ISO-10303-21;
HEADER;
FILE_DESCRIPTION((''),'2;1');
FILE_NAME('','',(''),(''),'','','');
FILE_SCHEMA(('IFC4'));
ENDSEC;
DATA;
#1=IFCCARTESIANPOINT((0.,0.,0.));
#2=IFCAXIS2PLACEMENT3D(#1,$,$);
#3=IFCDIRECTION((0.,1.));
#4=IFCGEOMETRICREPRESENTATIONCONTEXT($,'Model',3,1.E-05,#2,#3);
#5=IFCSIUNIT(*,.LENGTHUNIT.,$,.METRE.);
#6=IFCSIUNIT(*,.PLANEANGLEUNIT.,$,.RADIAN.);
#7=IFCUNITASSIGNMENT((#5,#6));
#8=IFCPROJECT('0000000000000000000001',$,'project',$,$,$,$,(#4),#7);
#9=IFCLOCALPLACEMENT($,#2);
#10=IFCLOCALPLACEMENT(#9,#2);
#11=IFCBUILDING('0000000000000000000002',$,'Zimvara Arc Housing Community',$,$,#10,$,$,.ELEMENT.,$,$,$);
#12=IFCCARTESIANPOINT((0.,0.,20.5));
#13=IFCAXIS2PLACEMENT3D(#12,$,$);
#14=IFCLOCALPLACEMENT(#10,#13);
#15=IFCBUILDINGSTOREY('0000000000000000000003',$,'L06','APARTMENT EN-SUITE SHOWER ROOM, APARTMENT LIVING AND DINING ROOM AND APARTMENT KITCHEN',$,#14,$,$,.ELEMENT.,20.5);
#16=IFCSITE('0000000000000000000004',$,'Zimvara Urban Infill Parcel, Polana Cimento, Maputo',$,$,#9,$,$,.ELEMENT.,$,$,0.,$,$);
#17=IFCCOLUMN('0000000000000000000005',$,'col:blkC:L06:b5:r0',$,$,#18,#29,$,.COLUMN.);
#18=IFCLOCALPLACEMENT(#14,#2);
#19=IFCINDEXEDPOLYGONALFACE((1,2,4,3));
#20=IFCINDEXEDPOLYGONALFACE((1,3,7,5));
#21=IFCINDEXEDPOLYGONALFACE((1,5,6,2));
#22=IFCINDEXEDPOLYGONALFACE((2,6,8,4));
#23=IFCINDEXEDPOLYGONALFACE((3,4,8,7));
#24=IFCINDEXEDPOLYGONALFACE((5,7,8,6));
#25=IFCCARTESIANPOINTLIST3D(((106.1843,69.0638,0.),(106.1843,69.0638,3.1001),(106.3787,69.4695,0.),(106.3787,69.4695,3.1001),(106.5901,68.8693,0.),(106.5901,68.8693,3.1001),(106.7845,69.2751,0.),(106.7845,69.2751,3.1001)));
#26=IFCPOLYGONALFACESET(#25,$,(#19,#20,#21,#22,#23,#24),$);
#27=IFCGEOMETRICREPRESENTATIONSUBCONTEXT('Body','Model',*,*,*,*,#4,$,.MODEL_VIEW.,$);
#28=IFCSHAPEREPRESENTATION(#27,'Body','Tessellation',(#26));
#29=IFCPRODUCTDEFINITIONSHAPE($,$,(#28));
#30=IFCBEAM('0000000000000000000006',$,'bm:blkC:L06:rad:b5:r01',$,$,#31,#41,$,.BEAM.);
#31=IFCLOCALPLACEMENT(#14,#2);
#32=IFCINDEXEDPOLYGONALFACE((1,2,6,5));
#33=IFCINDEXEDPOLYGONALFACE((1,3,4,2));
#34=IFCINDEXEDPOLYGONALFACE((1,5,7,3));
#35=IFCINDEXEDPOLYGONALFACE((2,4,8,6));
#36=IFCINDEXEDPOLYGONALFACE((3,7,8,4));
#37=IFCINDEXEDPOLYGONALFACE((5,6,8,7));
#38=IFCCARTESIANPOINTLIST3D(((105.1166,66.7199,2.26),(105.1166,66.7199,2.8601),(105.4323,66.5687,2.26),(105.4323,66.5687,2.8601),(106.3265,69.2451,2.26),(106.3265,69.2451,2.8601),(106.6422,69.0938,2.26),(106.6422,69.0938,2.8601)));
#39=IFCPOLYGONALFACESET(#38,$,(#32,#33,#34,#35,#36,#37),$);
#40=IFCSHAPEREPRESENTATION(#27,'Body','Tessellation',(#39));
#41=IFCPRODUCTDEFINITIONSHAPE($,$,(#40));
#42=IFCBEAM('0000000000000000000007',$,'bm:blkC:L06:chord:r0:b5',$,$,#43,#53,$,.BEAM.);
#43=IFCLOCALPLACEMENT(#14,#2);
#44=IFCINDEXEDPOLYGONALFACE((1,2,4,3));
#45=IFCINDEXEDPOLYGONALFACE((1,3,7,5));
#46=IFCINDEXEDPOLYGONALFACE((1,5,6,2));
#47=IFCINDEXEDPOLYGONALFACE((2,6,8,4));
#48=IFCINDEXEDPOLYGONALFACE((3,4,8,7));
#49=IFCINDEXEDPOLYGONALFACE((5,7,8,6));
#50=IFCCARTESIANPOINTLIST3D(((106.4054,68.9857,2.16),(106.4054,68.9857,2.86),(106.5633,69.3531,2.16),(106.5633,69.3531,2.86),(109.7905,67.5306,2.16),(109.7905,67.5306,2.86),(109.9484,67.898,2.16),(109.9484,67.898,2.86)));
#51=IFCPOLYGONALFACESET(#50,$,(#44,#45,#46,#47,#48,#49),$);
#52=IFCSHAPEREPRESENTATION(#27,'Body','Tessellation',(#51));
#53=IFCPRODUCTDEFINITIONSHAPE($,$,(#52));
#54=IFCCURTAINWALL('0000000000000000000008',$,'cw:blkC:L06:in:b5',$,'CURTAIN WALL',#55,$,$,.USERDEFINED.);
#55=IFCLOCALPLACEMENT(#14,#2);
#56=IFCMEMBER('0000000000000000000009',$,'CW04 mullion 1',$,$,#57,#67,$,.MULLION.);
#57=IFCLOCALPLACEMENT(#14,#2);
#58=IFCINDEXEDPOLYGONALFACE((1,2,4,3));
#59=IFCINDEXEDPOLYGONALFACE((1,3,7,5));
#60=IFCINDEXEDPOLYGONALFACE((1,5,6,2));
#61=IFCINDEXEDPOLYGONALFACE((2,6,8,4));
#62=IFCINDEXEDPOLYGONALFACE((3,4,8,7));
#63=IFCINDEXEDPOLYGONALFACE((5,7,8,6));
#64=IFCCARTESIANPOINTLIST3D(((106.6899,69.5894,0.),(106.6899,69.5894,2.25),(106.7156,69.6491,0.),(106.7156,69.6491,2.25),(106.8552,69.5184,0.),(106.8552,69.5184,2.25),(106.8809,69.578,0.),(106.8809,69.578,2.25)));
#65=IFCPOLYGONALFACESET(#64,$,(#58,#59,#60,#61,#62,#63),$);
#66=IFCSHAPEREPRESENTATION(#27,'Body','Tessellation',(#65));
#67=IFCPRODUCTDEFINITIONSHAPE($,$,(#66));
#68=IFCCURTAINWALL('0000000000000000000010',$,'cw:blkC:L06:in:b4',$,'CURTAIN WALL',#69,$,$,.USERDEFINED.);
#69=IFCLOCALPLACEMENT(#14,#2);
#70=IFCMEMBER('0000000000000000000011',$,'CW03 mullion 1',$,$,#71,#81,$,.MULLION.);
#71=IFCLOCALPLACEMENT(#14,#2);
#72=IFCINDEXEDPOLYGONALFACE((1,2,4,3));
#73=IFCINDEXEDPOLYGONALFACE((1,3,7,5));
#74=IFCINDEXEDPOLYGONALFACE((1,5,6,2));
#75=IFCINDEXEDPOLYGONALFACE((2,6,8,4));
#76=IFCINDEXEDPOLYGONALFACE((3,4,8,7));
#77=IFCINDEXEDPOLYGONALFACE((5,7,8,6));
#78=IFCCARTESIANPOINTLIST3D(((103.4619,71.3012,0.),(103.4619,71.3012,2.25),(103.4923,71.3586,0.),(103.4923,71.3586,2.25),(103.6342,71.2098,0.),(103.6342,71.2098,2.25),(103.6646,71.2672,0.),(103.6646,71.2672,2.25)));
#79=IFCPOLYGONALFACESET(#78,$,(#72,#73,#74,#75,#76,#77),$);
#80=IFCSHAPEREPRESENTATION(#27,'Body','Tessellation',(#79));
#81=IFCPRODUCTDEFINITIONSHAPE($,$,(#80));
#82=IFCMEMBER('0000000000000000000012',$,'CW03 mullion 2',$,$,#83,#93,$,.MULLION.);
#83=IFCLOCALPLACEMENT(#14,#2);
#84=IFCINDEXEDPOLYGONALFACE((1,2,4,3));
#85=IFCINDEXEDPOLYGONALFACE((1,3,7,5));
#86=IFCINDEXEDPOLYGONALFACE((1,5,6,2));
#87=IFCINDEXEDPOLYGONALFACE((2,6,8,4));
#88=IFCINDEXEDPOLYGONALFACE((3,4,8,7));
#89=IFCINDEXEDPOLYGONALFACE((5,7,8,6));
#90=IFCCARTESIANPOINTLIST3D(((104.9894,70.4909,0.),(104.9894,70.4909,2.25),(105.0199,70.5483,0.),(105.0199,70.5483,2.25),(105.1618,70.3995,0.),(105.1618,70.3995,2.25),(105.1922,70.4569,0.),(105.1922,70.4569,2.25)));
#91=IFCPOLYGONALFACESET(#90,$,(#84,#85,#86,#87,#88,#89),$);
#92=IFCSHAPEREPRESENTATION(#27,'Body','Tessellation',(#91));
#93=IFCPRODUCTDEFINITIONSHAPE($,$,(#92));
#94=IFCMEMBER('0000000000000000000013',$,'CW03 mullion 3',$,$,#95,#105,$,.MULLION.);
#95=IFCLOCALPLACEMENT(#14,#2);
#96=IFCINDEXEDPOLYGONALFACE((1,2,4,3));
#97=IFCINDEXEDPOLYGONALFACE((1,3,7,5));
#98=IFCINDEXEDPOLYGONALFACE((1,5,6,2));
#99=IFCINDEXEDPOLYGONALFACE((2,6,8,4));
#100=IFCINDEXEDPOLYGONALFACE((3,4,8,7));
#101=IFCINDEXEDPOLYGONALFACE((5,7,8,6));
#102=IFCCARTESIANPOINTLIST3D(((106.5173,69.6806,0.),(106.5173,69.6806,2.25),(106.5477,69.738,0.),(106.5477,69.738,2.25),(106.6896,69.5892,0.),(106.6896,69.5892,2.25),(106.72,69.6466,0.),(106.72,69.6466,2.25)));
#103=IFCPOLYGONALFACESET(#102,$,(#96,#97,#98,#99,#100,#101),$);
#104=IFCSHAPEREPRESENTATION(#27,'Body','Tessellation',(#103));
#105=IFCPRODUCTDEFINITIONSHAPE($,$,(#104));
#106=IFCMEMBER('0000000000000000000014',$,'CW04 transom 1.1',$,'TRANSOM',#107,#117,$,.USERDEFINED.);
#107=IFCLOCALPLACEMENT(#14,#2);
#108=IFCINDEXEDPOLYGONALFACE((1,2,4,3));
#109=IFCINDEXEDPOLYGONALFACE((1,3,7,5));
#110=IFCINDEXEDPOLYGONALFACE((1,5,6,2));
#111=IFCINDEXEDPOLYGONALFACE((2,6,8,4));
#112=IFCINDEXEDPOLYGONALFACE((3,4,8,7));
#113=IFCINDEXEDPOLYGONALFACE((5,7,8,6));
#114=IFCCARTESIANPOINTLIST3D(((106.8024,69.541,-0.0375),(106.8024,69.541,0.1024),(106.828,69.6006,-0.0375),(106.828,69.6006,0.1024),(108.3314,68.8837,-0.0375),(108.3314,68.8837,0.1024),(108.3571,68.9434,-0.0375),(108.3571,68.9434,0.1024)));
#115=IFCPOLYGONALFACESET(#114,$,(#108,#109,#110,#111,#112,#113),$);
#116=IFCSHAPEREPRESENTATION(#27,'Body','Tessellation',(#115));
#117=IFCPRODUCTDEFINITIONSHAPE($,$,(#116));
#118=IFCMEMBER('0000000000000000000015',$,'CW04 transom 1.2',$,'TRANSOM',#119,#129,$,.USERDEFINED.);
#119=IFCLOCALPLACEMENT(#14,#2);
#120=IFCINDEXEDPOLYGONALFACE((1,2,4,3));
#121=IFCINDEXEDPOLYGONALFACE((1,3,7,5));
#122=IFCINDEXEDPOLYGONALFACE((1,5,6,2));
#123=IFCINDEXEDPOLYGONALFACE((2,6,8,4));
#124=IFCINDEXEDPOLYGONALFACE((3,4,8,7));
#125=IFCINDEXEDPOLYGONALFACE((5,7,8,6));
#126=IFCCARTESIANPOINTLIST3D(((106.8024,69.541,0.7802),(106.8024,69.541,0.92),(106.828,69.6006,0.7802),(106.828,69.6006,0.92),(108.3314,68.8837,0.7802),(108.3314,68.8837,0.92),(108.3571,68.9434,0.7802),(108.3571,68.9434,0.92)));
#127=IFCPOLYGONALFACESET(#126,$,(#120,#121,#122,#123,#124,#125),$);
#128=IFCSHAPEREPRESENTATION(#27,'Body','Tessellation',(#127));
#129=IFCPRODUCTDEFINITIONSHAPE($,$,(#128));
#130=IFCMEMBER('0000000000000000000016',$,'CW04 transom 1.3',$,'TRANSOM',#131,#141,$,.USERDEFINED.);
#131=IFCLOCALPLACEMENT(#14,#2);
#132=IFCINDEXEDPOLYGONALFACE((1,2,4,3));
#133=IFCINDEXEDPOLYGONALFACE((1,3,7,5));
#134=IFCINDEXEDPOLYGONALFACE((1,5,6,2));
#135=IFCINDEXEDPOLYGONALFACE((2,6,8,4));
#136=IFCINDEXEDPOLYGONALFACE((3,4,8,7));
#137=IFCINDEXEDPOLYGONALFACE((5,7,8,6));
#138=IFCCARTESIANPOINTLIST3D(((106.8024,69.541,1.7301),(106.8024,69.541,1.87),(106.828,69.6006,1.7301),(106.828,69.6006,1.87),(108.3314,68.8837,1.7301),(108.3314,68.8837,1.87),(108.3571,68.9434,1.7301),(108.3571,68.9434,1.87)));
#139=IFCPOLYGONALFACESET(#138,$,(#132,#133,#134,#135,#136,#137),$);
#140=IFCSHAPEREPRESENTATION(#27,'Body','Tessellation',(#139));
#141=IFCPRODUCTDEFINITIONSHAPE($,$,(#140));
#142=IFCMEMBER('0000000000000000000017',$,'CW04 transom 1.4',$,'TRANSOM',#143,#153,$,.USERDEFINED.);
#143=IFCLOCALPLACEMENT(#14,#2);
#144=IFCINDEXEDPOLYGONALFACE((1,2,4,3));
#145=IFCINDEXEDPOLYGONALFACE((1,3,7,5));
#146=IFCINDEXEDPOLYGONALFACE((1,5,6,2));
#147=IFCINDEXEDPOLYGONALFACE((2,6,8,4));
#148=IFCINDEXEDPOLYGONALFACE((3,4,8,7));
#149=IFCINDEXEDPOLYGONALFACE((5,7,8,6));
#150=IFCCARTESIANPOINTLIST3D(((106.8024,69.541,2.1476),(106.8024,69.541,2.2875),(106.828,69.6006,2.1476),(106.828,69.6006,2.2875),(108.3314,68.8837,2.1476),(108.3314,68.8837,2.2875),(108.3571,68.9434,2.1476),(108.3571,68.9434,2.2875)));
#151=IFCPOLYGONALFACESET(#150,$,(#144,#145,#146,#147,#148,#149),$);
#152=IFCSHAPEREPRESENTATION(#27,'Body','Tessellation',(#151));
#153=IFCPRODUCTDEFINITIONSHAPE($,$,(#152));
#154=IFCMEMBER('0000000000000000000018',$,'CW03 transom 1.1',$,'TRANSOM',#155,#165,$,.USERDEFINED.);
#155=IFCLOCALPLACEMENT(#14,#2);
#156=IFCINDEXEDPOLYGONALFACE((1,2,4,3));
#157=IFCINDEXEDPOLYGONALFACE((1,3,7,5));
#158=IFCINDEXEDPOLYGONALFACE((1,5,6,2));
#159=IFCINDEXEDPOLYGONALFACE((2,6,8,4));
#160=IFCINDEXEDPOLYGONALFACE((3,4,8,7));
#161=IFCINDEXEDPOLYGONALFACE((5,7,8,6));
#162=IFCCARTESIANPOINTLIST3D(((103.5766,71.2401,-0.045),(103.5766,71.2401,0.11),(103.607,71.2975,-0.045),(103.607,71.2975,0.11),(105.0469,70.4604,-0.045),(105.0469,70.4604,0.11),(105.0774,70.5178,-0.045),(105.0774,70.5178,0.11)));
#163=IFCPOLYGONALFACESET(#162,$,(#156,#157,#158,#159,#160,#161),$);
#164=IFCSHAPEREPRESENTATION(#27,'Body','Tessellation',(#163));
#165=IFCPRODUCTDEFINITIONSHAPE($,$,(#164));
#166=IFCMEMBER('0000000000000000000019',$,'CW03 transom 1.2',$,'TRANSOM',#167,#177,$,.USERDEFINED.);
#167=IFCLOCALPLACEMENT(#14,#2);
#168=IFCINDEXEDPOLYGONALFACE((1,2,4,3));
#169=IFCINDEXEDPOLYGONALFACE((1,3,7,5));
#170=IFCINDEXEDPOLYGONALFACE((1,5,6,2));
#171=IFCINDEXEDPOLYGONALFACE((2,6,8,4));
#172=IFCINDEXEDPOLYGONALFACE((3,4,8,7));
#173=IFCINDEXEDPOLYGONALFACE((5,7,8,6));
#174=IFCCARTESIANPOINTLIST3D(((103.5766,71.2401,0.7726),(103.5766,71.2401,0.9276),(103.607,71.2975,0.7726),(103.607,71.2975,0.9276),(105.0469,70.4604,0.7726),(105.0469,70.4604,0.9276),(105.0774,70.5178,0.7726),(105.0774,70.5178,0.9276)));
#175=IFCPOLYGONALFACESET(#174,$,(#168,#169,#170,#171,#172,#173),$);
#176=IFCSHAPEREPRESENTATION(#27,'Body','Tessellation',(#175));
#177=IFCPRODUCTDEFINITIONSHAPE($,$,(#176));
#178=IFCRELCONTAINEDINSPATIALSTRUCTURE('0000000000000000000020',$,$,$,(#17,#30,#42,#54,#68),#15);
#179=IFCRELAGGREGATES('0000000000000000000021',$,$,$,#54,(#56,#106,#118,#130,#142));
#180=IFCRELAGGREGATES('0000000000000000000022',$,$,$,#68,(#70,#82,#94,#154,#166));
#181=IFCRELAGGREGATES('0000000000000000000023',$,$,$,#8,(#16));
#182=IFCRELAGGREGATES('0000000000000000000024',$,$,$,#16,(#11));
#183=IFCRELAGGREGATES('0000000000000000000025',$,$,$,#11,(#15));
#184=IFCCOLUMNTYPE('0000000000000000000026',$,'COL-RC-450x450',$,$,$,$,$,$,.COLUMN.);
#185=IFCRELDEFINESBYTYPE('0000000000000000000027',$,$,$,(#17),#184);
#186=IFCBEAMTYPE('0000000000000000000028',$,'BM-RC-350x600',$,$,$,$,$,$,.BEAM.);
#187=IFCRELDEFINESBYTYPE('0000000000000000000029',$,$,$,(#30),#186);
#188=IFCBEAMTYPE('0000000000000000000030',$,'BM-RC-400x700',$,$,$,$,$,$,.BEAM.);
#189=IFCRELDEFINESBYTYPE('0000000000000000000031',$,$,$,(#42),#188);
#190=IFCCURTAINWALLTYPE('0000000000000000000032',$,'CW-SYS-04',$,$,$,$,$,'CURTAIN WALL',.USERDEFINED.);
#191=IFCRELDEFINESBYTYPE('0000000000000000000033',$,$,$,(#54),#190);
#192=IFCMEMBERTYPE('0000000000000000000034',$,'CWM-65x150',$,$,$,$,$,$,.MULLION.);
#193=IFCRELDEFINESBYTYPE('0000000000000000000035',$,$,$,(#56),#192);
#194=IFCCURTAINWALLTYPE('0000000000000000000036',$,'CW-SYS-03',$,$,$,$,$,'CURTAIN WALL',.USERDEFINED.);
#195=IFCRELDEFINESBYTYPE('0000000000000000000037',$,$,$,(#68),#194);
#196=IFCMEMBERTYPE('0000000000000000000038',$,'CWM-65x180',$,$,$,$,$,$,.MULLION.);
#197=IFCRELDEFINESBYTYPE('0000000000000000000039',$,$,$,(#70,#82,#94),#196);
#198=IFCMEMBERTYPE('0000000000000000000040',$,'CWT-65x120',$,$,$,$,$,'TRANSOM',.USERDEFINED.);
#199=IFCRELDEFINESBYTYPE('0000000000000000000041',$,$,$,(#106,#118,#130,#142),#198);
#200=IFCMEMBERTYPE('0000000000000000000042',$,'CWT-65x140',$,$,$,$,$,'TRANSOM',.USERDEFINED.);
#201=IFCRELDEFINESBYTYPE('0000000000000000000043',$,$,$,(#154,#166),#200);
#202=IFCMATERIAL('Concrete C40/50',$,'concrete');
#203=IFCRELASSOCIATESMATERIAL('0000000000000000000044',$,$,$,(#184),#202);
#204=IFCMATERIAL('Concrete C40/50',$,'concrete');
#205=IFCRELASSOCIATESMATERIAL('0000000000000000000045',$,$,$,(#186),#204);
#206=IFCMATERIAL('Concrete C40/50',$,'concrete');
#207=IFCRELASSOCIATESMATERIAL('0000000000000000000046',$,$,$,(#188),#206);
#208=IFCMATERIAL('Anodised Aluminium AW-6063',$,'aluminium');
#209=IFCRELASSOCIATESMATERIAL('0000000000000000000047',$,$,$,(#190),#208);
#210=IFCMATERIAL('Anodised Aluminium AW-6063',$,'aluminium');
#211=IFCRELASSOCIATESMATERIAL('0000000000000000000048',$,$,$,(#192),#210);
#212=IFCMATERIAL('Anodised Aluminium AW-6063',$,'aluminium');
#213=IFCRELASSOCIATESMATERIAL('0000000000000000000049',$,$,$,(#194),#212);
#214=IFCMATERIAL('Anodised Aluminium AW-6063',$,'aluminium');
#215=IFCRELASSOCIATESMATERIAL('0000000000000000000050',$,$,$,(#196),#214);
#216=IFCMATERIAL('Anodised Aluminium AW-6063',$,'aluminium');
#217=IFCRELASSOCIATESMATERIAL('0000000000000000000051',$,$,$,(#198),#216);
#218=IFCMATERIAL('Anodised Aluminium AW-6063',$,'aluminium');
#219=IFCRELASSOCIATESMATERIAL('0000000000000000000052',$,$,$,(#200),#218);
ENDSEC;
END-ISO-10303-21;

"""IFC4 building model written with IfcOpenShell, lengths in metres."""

from ifc_helpers import new_model, si_unit, direction, frame, origin, origin_2d, place, context, subcontext, project, spatial, rectangle, extrude, material, material_profile, profile_set, type_object, element, aggregate, save


model = new_model("IFC4")

# Units and contexts
model_context = context("Model", 3, precision=1e-05, world=origin(), true_north=direction((0.0, 1.0)))
body_context = subcontext(model_context, "Body", "Model", "MODEL_VIEW")
ifc_project = project(units=[si_unit("LENGTHUNIT", "METRE"), si_unit("PLANEANGLEUNIT", "RADIAN")], contexts=[model_context])

# Site, building, storey
site_placement = place(None, origin())
site = spatial("IfcSite", under=ifc_project, at=site_placement, Name="Zimvara Urban Infill Parcel, Polana Cimento, Maputo", CompositionType="ELEMENT", RefElevation=0.0)
building_placement = place(site_placement, origin())
building = spatial("IfcBuilding", under=site, at=building_placement, Name="Zimvara Arc Housing Community", CompositionType="ELEMENT")
storey_placement = place(building_placement, frame((0.0, 0.0, 20.5)))
storey = spatial("IfcBuildingStorey", under=building, at=storey_placement, Name="L06", Description="APARTMENT EN-SUITE SHOWER ROOM, APARTMENT LIVING AND DINING ROOM AND APARTMENT KITCHEN", CompositionType="ELEMENT", Elevation=20.5)

# Column
ifc_material_1 = material(Name="Concrete C40/50", Category="concrete")
ifc_material_profile_1 = material_profile(ifc_material_1, rectangle(XDim=0.45, YDim=0.45, at=origin_2d()), Name="RC 450x450")
ifc_profile_set_1 = profile_set([ifc_material_profile_1], Name="Concrete C40/50")
column_type = type_object("IfcColumnType", Name="COL-RC-450x450", PredefinedType="COLUMN", material=ifc_profile_set_1)
column_placement = place(storey_placement, frame((106.4844, 69.1694, 0.0), z_axis=(0.0, 0.0, 1.0), x_axis=(-0.432086, -0.901833, 0.0)))
element("IfcColumn", 1, at=column_placement, inside=storey, type_object=column_type, Name="col:blkC:L06:b5:r0", PredefinedType="COLUMN", context=body_context, shape_type="SweptSolid", body=[
    extrude(rectangle(XDim=0.45, YDim=0.45, at=origin_2d()), origin(), (0.0, 0.0, 1.0), 3.1001),
])

# Beams
ifc_material_2 = material(Name="Concrete C40/50", Category="concrete")
ifc_material_profile_2 = material_profile(ifc_material_2, rectangle(XDim=0.3501, YDim=0.6001, at=origin_2d()), Name="RC 350x600")
ifc_profile_set_2 = profile_set([ifc_material_profile_2], Name="Concrete C40/50")
beam_type_1 = type_object("IfcBeamType", Name="BM-RC-350x600", PredefinedType="BEAM", material=ifc_profile_set_2)
beam_1_placement = place(storey_placement, frame((106.4844, 69.1694, 2.5601), z_axis=(-0.432119, -0.901817, 0.0), x_axis=(0.901817, -0.432119, 0.0)))
element("IfcBeam", 2, at=beam_1_placement, inside=storey, type_object=beam_type_1, Name="bm:blkC:L06:rad:b5:r01", PredefinedType="BEAM", context=body_context, shape_type="SweptSolid", body=[
    extrude(rectangle(XDim=0.3501, YDim=0.6001, at=origin_2d()), origin(), (0.0, 0.0, 1.0), 2.8),
])
ifc_material_3 = material(Name="Concrete C40/50", Category="concrete")
ifc_material_profile_3 = material_profile(ifc_material_3, rectangle(XDim=0.3999, YDim=0.7, at=origin_2d()), Name="RC 400x700")
ifc_profile_set_3 = profile_set([ifc_material_profile_3], Name="Concrete C40/50")
beam_type_2 = type_object("IfcBeamType", Name="BM-RC-400x700", PredefinedType="BEAM", material=ifc_profile_set_3)
beam_2_placement = place(storey_placement, frame((106.4844, 69.1694, 2.51), z_axis=(0.918716, -0.394919, 0.0), x_axis=(0.394919, 0.918716, 0.0)))
element("IfcBeam", 3, at=beam_2_placement, inside=storey, type_object=beam_type_2, Name="bm:blkC:L06:chord:r0:b5", PredefinedType="BEAM", context=body_context, shape_type="SweptSolid", body=[
    extrude(rectangle(XDim=0.3999, YDim=0.7, at=origin_2d()), origin(), (0.0, 0.0, 1.0), 3.6846),
])

# Curtain wall, member
ifc_material_4 = material(Name="Anodised Aluminium AW-6063", Category="aluminium")
curtain_wall_type_1 = type_object("IfcCurtainWallType", Name="CW-SYS-04", ElementType="CURTAIN WALL", PredefinedType="USERDEFINED", material=ifc_material_4)
curtain_wall_1_placement = place(storey_placement, origin())
curtain_wall_1 = element("IfcCurtainWall", 4, at=curtain_wall_1_placement, inside=storey, type_object=curtain_wall_type_1, Name="cw:blkC:L06:in:b5", ObjectType="CURTAIN WALL", PredefinedType="USERDEFINED")
ifc_material_5 = material(Name="Anodised Aluminium AW-6063", Category="aluminium")
ifc_material_profile_4 = material_profile(ifc_material_5, rectangle(XDim=0.0649, YDim=0.1799, at=origin_2d()), Name="ALU 65x180")
ifc_profile_set_4 = profile_set([ifc_material_profile_4], Name="Anodised Aluminium AW-6063")
member_type_1 = type_object("IfcMemberType", Name="CWM-65x150", PredefinedType="MULLION", material=ifc_profile_set_4)
member_1_placement = place(storey_placement, frame((106.7854, 69.5837, 0.0), z_axis=(0.0, 0.0, 1.0), x_axis=(0.394904, 0.918722, 0.0)))
member_1 = element("IfcMember", 5, at=member_1_placement, type_object=member_type_1, Name="CW04 mullion 1", PredefinedType="MULLION", context=body_context, shape_type="SweptSolid", body=[
    extrude(rectangle(XDim=0.0649, YDim=0.1799, at=origin_2d()), origin(), (0.0, 0.0, 1.0), 2.25),
])

# Curtain wall, members
ifc_material_6 = material(Name="Anodised Aluminium AW-6063", Category="aluminium")
curtain_wall_type_2 = type_object("IfcCurtainWallType", Name="CW-SYS-03", ElementType="CURTAIN WALL", PredefinedType="USERDEFINED", material=ifc_material_6)
curtain_wall_2_placement = place(storey_placement, origin())
curtain_wall_2 = element("IfcCurtainWall", 6, at=curtain_wall_2_placement, inside=storey, type_object=curtain_wall_type_2, Name="cw:blkC:L06:in:b4", ObjectType="CURTAIN WALL", PredefinedType="USERDEFINED")
ifc_material_7 = material(Name="Anodised Aluminium AW-6063", Category="aluminium")
ifc_material_profile_5 = material_profile(ifc_material_7, rectangle(XDim=0.0649, YDim=0.1951, at=origin_2d()), Name="ALU 65x195")
ifc_profile_set_5 = profile_set([ifc_material_profile_5], Name="Anodised Aluminium AW-6063")
member_type_2 = type_object("IfcMemberType", Name="CWM-65x180", PredefinedType="MULLION", material=ifc_profile_set_5)
member_2_placement = place(storey_placement, frame((103.5632, 71.2842, 0.0), z_axis=(0.0, 0.0, 1.0), x_axis=(0.468545, 0.88344, 0.0)))
member_2 = element("IfcMember", 7, at=member_2_placement, type_object=member_type_2, Name="CW03 mullion 1", PredefinedType="MULLION", context=body_context, shape_type="SweptSolid", body=[
    extrude(rectangle(XDim=0.0649, YDim=0.1951, at=origin_2d()), origin(), (0.0, 0.0, 1.0), 2.25),
])
member_3_placement = place(storey_placement, frame((105.0908, 70.4739, 0.0), z_axis=(0.0, 0.0, 1.0), x_axis=(0.468545, 0.88344, 0.0)))
member_3 = element("IfcMember", 8, at=member_3_placement, type_object=member_type_2, Name="CW03 mullion 2", PredefinedType="MULLION", context=body_context, shape_type="SweptSolid", body=[
    extrude(rectangle(XDim=0.0649, YDim=0.1951, at=origin_2d()), origin(), (0.0, 0.0, 1.0), 2.25),
])
member_4_placement = place(storey_placement, frame((106.6187, 69.6636, 0.0), z_axis=(0.0, 0.0, 1.0), x_axis=(0.468545, 0.88344, 0.0)))
member_4 = element("IfcMember", 9, at=member_4_placement, type_object=member_type_2, Name="CW03 mullion 3", PredefinedType="MULLION", context=body_context, shape_type="SweptSolid", body=[
    extrude(rectangle(XDim=0.0649, YDim=0.1951, at=origin_2d()), origin(), (0.0, 0.0, 1.0), 2.25),
])

# Members
ifc_material_8 = material(Name="Anodised Aluminium AW-6063", Category="aluminium")
ifc_material_profile_6 = material_profile(ifc_material_8, rectangle(XDim=0.0649, YDim=0.1399, at=origin_2d()), Name="ALU 65x140")
ifc_profile_set_6 = profile_set([ifc_material_profile_6], Name="Anodised Aluminium AW-6063")
member_type_3 = type_object("IfcMemberType", Name="CWT-65x120", ElementType="TRANSOM", PredefinedType="USERDEFINED", material=ifc_profile_set_6)
member_5_placement = place(storey_placement, frame((106.8152, 69.5708, 0.0325), z_axis=(0.918727, -0.394893, 0.0), x_axis=(0.394893, 0.918727, 0.0)))
member_5 = element("IfcMember", 10, at=member_5_placement, type_object=member_type_3, Name="CW04 transom 1.1", ObjectType="TRANSOM", PredefinedType="USERDEFINED", context=body_context, shape_type="SweptSolid", body=[
    extrude(rectangle(XDim=0.0649, YDim=0.1399, at=origin_2d()), origin(), (0.0, 0.0, 1.0), 1.6643),
])
member_6_placement = place(storey_placement, frame((106.8152, 69.5708, 0.8501), z_axis=(0.918727, -0.394893, 0.0), x_axis=(0.394893, 0.918727, 0.0)))
member_6 = element("IfcMember", 11, at=member_6_placement, type_object=member_type_3, Name="CW04 transom 1.2", ObjectType="TRANSOM", PredefinedType="USERDEFINED", context=body_context, shape_type="SweptSolid", body=[
    extrude(rectangle(XDim=0.0649, YDim=0.1399, at=origin_2d()), origin(), (0.0, 0.0, 1.0), 1.6643),
])
member_7_placement = place(storey_placement, frame((106.8152, 69.5708, 1.8), z_axis=(0.918727, -0.394893, 0.0), x_axis=(0.394893, 0.918727, 0.0)))
member_7 = element("IfcMember", 12, at=member_7_placement, type_object=member_type_3, Name="CW04 transom 1.3", ObjectType="TRANSOM", PredefinedType="USERDEFINED", context=body_context, shape_type="SweptSolid", body=[
    extrude(rectangle(XDim=0.0649, YDim=0.1399, at=origin_2d()), origin(), (0.0, 0.0, 1.0), 1.6643),
])
member_8_placement = place(storey_placement, frame((106.8152, 69.5708, 2.2175), z_axis=(0.918727, -0.394893, 0.0), x_axis=(0.394893, 0.918727, 0.0)))
member_8 = element("IfcMember", 13, at=member_8_placement, type_object=member_type_3, Name="CW04 transom 1.4", ObjectType="TRANSOM", PredefinedType="USERDEFINED", context=body_context, shape_type="SweptSolid", body=[
    extrude(rectangle(XDim=0.0649, YDim=0.1399, at=origin_2d()), origin(), (0.0, 0.0, 1.0), 1.6643),
])
ifc_material_9 = material(Name="Anodised Aluminium AW-6063", Category="aluminium")
ifc_material_profile_7 = material_profile(ifc_material_9, rectangle(XDim=0.0649, YDim=0.155, at=origin_2d()), Name="ALU 65x155")
ifc_profile_set_7 = profile_set([ifc_material_profile_7], Name="Anodised Aluminium AW-6063")
member_type_4 = type_object("IfcMemberType", Name="CWT-65x140", ElementType="TRANSOM", PredefinedType="USERDEFINED", material=ifc_profile_set_7)
member_9_placement = place(storey_placement, frame((103.5918, 71.2688, 0.0325), z_axis=(0.883463, -0.468501, 0.0), x_axis=(0.468501, 0.883463, 0.0)))
member_9 = element("IfcMember", 14, at=member_9_placement, type_object=member_type_4, Name="CW03 transom 1.1", ObjectType="TRANSOM", PredefinedType="USERDEFINED", context=body_context, shape_type="SweptSolid", body=[
    extrude(rectangle(XDim=0.0649, YDim=0.155, at=origin_2d()), origin(), (0.0, 0.0, 1.0), 1.6643),
])
member_10_placement = place(storey_placement, frame((103.5918, 71.2688, 0.8501), z_axis=(0.883463, -0.468501, 0.0), x_axis=(0.468501, 0.883463, 0.0)))
member_10 = element("IfcMember", 15, at=member_10_placement, type_object=member_type_4, Name="CW03 transom 1.2", ObjectType="TRANSOM", PredefinedType="USERDEFINED", context=body_context, shape_type="SweptSolid", body=[
    extrude(rectangle(XDim=0.0649, YDim=0.155, at=origin_2d()), origin(), (0.0, 0.0, 1.0), 1.6643),
])

aggregate(curtain_wall_1, [member_1, member_5, member_6, member_7, member_8])
aggregate(curtain_wall_2, [member_2, member_3, member_4, member_9, member_10])

save(model, "model.ifc")
